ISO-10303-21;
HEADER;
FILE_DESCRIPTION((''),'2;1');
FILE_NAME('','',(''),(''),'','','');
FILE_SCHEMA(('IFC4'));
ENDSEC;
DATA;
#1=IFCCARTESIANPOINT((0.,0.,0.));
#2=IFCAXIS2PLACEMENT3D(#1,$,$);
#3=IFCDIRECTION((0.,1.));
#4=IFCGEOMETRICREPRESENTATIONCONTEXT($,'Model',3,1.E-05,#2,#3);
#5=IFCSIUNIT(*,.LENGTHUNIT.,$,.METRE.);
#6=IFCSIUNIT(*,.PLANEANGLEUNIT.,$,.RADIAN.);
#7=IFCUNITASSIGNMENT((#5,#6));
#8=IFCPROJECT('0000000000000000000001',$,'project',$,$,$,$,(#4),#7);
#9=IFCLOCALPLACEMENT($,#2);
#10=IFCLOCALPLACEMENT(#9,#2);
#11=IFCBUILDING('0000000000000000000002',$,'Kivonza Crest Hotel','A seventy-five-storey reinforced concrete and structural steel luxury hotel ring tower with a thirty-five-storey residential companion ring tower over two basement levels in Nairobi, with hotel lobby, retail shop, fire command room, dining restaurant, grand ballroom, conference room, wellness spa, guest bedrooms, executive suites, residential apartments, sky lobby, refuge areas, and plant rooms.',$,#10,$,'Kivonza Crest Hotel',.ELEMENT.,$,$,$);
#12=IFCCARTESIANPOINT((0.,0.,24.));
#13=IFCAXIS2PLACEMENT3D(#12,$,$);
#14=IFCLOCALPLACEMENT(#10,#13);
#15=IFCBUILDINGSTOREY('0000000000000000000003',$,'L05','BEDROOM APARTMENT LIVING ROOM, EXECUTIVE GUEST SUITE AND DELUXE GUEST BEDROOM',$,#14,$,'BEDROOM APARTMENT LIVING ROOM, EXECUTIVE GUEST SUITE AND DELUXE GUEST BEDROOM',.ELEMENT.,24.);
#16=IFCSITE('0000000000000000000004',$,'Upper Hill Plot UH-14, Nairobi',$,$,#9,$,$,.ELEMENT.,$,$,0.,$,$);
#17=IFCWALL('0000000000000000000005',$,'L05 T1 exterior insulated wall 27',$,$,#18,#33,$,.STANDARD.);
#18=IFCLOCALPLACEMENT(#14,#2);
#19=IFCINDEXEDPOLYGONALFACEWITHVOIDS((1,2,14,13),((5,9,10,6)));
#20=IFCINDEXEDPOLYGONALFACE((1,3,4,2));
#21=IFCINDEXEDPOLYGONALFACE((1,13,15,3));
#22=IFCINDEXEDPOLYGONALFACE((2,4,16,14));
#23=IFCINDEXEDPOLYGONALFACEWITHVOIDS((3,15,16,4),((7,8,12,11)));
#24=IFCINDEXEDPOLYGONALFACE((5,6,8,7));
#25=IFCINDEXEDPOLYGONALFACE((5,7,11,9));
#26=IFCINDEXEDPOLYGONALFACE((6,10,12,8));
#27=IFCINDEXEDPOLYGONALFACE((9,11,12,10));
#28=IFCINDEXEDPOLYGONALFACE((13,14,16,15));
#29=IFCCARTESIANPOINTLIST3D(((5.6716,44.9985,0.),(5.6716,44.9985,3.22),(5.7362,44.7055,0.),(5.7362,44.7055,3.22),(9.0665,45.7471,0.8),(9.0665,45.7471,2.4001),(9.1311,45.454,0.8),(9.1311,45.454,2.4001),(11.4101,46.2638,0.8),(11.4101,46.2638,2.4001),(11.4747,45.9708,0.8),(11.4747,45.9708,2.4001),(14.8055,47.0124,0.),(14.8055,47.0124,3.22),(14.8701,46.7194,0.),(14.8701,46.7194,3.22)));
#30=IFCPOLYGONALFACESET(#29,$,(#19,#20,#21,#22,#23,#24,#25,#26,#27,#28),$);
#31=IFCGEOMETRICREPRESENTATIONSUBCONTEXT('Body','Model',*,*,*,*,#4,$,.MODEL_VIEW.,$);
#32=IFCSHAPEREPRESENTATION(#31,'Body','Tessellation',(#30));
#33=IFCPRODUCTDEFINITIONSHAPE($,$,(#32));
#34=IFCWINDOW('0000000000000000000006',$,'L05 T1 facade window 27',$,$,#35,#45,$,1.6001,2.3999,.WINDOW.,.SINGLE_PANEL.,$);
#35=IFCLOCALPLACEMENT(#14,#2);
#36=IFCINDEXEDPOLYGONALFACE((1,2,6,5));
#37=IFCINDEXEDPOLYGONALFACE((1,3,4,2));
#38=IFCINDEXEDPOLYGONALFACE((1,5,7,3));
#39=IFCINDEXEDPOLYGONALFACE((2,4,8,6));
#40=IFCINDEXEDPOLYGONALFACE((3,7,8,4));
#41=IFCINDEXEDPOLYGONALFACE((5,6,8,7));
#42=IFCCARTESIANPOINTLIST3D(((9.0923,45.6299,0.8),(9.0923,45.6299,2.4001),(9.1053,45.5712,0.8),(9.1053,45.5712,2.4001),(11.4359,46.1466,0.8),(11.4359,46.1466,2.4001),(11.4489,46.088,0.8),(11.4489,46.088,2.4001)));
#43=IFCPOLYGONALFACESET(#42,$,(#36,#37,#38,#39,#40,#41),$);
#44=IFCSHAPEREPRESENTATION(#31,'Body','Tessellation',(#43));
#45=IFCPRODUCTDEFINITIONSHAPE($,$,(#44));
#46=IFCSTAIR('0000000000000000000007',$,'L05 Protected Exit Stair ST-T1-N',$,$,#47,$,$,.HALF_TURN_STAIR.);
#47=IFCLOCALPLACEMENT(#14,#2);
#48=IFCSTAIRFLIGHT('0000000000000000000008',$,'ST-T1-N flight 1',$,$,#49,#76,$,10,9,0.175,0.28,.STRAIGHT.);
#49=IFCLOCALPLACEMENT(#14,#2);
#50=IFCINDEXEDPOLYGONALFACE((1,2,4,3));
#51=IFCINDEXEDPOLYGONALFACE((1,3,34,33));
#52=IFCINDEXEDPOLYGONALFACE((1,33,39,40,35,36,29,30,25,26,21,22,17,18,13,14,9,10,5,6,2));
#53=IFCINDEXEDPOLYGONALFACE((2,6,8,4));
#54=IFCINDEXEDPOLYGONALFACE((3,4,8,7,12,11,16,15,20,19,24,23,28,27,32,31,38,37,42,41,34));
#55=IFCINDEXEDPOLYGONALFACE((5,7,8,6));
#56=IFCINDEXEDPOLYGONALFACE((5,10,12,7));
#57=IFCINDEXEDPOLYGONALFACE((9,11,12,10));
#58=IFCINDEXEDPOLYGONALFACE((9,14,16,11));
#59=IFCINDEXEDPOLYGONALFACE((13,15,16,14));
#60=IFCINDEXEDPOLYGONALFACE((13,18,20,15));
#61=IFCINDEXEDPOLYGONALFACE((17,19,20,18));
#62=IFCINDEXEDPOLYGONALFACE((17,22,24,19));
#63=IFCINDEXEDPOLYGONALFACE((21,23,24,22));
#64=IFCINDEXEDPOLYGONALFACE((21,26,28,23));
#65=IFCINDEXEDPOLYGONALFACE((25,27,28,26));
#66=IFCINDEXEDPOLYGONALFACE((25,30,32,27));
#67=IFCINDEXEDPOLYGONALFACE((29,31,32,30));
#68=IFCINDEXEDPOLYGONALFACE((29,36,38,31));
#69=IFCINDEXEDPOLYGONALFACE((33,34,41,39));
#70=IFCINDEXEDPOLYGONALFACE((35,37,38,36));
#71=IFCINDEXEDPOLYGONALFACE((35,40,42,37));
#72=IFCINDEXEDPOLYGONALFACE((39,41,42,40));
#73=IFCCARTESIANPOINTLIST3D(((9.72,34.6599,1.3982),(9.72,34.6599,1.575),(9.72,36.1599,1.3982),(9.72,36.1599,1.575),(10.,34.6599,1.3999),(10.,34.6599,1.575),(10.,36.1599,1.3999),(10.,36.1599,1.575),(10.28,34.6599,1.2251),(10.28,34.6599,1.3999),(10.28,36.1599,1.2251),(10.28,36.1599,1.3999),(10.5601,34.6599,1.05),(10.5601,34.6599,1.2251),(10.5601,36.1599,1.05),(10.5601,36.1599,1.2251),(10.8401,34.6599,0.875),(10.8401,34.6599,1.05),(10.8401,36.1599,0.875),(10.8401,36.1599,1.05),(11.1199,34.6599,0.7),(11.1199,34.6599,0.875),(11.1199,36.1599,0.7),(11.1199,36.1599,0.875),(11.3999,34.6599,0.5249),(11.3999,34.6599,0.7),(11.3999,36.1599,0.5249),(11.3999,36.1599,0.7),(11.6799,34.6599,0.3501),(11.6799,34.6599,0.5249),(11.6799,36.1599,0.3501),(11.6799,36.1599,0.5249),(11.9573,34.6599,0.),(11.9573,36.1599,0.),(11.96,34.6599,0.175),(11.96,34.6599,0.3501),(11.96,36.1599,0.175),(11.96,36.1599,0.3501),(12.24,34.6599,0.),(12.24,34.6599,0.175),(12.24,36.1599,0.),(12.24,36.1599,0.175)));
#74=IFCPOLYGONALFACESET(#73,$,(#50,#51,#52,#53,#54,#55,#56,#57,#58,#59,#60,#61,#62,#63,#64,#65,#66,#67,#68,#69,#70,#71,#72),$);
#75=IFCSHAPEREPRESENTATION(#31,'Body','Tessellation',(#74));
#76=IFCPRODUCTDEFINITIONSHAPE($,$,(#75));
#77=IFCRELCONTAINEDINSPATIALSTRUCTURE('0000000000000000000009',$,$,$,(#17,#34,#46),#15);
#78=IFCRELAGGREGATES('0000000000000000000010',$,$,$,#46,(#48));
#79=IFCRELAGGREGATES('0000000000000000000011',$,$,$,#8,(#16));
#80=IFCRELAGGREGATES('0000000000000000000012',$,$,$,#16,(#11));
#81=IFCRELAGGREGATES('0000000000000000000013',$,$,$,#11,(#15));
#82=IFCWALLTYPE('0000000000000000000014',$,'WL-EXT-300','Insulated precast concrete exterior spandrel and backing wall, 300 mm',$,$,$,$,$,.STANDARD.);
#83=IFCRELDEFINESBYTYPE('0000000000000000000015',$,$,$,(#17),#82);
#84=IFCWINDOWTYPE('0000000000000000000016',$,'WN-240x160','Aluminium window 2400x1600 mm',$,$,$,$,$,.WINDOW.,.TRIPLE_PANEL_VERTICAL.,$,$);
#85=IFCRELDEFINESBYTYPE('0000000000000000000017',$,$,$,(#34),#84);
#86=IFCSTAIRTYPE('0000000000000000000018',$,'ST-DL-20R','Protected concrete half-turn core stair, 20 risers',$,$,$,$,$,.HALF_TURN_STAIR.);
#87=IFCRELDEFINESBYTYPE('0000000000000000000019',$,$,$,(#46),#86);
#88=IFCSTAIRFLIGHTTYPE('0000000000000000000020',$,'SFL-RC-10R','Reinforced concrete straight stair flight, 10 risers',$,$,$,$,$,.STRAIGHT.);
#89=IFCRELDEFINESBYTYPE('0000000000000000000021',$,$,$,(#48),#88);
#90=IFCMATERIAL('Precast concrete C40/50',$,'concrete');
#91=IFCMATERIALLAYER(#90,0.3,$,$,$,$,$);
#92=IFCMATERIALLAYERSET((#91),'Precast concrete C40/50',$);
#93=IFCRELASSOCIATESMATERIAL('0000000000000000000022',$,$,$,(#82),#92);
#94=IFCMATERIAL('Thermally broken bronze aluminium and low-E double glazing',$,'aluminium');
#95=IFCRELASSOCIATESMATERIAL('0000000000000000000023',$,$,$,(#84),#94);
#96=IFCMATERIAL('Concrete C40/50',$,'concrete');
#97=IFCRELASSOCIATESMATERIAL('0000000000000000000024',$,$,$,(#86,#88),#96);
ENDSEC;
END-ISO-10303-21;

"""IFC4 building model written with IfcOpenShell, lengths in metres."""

from ifc_helpers import new_model, si_unit, direction, frame, frame_2d, origin, place, context, subcontext, project, spatial, polyline, rectangle, outline, extrude, material, layer, layer_set, type_object, element, fill, aggregate, save


model = new_model("IFC4")

# Units and contexts
model_context = context("Model", 3, precision=1e-05, world=origin(), true_north=direction((0.0, 1.0)))
body_context = subcontext(model_context, "Body", "Model", "MODEL_VIEW")
ifc_project = project(units=[si_unit("LENGTHUNIT", "METRE"), si_unit("PLANEANGLEUNIT", "RADIAN")], contexts=[model_context])

# Site, building, storey
site_placement = place(None, origin())
site = spatial("IfcSite", under=ifc_project, at=site_placement, Name="Upper Hill Plot UH-14, Nairobi", CompositionType="ELEMENT", RefElevation=0.0)
building_placement = place(site_placement, origin())
building = spatial("IfcBuilding", under=site, at=building_placement, Name="Kivonza Crest Hotel", Description="A seventy-five-storey reinforced concrete and structural steel luxury hotel ring tower with a thirty-five-storey residential companion ring tower over two basement levels in Nairobi, with hotel lobby, retail shop, fire command room, dining restaurant, grand ballroom, conference room, wellness spa, guest bedrooms, executive suites, residential apartments, sky lobby, refuge areas, and plant rooms.", LongName="Kivonza Crest Hotel", CompositionType="ELEMENT")
storey_placement = place(building_placement, frame((0.0, 0.0, 24.0)))
storey = spatial("IfcBuildingStorey", under=building, at=storey_placement, Name="L05", Description="BEDROOM APARTMENT LIVING ROOM, EXECUTIVE GUEST SUITE AND DELUXE GUEST BEDROOM", LongName="BEDROOM APARTMENT LIVING ROOM, EXECUTIVE GUEST SUITE AND DELUXE GUEST BEDROOM", CompositionType="ELEMENT", Elevation=24.0)

# Wall, opening, window
ifc_material_1 = material(Name="Precast concrete C40/50", Category="concrete")
ifc_layer_1 = layer(ifc_material_1, 0.3)
ifc_layer_set_1 = layer_set([ifc_layer_1], Name="Precast concrete C40/50")
wall_type_1 = type_object("IfcWallType", Name="WL-EXT-300", Description="Insulated precast concrete exterior spandrel and backing wall, 300 mm", PredefinedType="STANDARD", material=ifc_layer_set_1)
wall_1_placement = place(storey_placement, frame((14.8379, 46.866, 0.0), z_axis=(0.0, 0.0, 1.0), x_axis=(-0.976544, -0.215319, 0.0)))
wall_1 = element("IfcWall", 1, at=wall_1_placement, inside=storey, type_object=wall_type_1, Name="L05 T1 exterior insulated wall 27", PredefinedType="STANDARD", context=body_context, shape_type="SweptSolid", body=[
    extrude(rectangle(XDim=9.3533, YDim=0.3, at=frame_2d((4.6768, 0.0))), origin(), (0.0, 0.0, 1.0), 3.22),
])
opening_1_placement = place(wall_1_placement, frame((3.4771, 0.0, 0.8)))
opening_1 = element("IfcOpeningElement", 2, at=opening_1_placement, cuts=wall_1, PredefinedType="OPENING", context=body_context, shape_type="SweptSolid", body=[
    extrude(rectangle(XDim=2.3999, YDim=1.6001, at=frame_2d((1.2, 0.8))), frame((0.0, 0.1602, 0.0), z_axis=(0.0, -1.0, 0.0), x_axis=(1.0, 0.0, 0.0)), (0.0, 0.0, 1.0), 0.3201),
])
ifc_material_2 = material(Name="Thermally broken bronze aluminium and low-E double glazing", Category="aluminium")
window_type = type_object("IfcWindowType", Name="WN-240x160", Description="Aluminium window 2400x1600 mm", PartitioningType="TRIPLE_PANEL_VERTICAL", PredefinedType="WINDOW", material=ifc_material_2)
window_placement = place(opening_1_placement, origin())
window = element("IfcWindow", 3, at=window_placement, inside=storey, type_object=window_type, Name="L05 T1 facade window 27", OverallHeight=1.6001, OverallWidth=2.3999, PartitioningType="SINGLE_PANEL", PredefinedType="WINDOW", context=body_context, shape_type="SweptSolid", body=[
    extrude(rectangle(XDim=2.3999, YDim=1.6001, at=frame_2d((1.2, 0.8))), frame((0.0, 0.03, 0.0), z_axis=(0.0, -1.0, 0.0), x_axis=(1.0, 0.0, 0.0)), (0.0, 0.0, 1.0), 0.0601),
])
fill(opening_1, window)

# Stair, stair flight
ifc_material_3 = material(Name="Concrete C40/50", Category="concrete")
stair_type = type_object("IfcStairType", Name="ST-DL-20R", Description="Protected concrete half-turn core stair, 20 risers", PredefinedType="HALF_TURN_STAIR", material=ifc_material_3)
stair_placement = place(storey_placement, origin())
stair = element("IfcStair", 4, at=stair_placement, inside=storey, type_object=stair_type, Name="L05 Protected Exit Stair ST-T1-N", PredefinedType="HALF_TURN_STAIR")
stair_flight_type = type_object("IfcStairFlightType", Name="SFL-RC-10R", Description="Reinforced concrete straight stair flight, 10 risers", PredefinedType="STRAIGHT", material=ifc_material_3)
stair_flight_placement = place(storey_placement, frame((12.24, 35.4099, 0.0), z_axis=(0.0, 0.0, 1.0), x_axis=(-1.0, 0.0, 0.0)))
stair_flight = element("IfcStairFlight", 5, at=stair_flight_placement, type_object=stair_flight_type, Name="ST-T1-N flight 1", NumberOfRisers=10, NumberOfTreads=9, PredefinedType="STRAIGHT", RiserHeight=0.175, TreadLength=0.28, context=body_context, shape_type="SweptSolid", body=[
    extrude(outline(polyline([(0.0, 0.0), (0.0, 0.175), (0.28, 0.175), (0.28, 0.3501), (0.5601, 0.3501), (0.5601, 0.5249), (0.8401, 0.5249), (0.8401, 0.7), (1.1201, 0.7), (1.1201, 0.875), (1.3999, 0.875), (1.3999, 1.05), (1.6799, 1.05), (1.6799, 1.2251), (1.96, 1.2251), (1.96, 1.3999), (2.24, 1.3999), (2.24, 1.575), (2.52, 1.575), (2.52, 1.75), (2.52, 1.3982), (0.2827, 0.0), (0.0, 0.0)])), frame((0.0, 0.75, 0.0), z_axis=(0.0, -1.0, 0.0), x_axis=(1.0, 0.0, 0.0)), (0.0, 0.0, 1.0), 1.5),
])
aggregate(stair, [stair_flight])

save(model, "model.ifc")
